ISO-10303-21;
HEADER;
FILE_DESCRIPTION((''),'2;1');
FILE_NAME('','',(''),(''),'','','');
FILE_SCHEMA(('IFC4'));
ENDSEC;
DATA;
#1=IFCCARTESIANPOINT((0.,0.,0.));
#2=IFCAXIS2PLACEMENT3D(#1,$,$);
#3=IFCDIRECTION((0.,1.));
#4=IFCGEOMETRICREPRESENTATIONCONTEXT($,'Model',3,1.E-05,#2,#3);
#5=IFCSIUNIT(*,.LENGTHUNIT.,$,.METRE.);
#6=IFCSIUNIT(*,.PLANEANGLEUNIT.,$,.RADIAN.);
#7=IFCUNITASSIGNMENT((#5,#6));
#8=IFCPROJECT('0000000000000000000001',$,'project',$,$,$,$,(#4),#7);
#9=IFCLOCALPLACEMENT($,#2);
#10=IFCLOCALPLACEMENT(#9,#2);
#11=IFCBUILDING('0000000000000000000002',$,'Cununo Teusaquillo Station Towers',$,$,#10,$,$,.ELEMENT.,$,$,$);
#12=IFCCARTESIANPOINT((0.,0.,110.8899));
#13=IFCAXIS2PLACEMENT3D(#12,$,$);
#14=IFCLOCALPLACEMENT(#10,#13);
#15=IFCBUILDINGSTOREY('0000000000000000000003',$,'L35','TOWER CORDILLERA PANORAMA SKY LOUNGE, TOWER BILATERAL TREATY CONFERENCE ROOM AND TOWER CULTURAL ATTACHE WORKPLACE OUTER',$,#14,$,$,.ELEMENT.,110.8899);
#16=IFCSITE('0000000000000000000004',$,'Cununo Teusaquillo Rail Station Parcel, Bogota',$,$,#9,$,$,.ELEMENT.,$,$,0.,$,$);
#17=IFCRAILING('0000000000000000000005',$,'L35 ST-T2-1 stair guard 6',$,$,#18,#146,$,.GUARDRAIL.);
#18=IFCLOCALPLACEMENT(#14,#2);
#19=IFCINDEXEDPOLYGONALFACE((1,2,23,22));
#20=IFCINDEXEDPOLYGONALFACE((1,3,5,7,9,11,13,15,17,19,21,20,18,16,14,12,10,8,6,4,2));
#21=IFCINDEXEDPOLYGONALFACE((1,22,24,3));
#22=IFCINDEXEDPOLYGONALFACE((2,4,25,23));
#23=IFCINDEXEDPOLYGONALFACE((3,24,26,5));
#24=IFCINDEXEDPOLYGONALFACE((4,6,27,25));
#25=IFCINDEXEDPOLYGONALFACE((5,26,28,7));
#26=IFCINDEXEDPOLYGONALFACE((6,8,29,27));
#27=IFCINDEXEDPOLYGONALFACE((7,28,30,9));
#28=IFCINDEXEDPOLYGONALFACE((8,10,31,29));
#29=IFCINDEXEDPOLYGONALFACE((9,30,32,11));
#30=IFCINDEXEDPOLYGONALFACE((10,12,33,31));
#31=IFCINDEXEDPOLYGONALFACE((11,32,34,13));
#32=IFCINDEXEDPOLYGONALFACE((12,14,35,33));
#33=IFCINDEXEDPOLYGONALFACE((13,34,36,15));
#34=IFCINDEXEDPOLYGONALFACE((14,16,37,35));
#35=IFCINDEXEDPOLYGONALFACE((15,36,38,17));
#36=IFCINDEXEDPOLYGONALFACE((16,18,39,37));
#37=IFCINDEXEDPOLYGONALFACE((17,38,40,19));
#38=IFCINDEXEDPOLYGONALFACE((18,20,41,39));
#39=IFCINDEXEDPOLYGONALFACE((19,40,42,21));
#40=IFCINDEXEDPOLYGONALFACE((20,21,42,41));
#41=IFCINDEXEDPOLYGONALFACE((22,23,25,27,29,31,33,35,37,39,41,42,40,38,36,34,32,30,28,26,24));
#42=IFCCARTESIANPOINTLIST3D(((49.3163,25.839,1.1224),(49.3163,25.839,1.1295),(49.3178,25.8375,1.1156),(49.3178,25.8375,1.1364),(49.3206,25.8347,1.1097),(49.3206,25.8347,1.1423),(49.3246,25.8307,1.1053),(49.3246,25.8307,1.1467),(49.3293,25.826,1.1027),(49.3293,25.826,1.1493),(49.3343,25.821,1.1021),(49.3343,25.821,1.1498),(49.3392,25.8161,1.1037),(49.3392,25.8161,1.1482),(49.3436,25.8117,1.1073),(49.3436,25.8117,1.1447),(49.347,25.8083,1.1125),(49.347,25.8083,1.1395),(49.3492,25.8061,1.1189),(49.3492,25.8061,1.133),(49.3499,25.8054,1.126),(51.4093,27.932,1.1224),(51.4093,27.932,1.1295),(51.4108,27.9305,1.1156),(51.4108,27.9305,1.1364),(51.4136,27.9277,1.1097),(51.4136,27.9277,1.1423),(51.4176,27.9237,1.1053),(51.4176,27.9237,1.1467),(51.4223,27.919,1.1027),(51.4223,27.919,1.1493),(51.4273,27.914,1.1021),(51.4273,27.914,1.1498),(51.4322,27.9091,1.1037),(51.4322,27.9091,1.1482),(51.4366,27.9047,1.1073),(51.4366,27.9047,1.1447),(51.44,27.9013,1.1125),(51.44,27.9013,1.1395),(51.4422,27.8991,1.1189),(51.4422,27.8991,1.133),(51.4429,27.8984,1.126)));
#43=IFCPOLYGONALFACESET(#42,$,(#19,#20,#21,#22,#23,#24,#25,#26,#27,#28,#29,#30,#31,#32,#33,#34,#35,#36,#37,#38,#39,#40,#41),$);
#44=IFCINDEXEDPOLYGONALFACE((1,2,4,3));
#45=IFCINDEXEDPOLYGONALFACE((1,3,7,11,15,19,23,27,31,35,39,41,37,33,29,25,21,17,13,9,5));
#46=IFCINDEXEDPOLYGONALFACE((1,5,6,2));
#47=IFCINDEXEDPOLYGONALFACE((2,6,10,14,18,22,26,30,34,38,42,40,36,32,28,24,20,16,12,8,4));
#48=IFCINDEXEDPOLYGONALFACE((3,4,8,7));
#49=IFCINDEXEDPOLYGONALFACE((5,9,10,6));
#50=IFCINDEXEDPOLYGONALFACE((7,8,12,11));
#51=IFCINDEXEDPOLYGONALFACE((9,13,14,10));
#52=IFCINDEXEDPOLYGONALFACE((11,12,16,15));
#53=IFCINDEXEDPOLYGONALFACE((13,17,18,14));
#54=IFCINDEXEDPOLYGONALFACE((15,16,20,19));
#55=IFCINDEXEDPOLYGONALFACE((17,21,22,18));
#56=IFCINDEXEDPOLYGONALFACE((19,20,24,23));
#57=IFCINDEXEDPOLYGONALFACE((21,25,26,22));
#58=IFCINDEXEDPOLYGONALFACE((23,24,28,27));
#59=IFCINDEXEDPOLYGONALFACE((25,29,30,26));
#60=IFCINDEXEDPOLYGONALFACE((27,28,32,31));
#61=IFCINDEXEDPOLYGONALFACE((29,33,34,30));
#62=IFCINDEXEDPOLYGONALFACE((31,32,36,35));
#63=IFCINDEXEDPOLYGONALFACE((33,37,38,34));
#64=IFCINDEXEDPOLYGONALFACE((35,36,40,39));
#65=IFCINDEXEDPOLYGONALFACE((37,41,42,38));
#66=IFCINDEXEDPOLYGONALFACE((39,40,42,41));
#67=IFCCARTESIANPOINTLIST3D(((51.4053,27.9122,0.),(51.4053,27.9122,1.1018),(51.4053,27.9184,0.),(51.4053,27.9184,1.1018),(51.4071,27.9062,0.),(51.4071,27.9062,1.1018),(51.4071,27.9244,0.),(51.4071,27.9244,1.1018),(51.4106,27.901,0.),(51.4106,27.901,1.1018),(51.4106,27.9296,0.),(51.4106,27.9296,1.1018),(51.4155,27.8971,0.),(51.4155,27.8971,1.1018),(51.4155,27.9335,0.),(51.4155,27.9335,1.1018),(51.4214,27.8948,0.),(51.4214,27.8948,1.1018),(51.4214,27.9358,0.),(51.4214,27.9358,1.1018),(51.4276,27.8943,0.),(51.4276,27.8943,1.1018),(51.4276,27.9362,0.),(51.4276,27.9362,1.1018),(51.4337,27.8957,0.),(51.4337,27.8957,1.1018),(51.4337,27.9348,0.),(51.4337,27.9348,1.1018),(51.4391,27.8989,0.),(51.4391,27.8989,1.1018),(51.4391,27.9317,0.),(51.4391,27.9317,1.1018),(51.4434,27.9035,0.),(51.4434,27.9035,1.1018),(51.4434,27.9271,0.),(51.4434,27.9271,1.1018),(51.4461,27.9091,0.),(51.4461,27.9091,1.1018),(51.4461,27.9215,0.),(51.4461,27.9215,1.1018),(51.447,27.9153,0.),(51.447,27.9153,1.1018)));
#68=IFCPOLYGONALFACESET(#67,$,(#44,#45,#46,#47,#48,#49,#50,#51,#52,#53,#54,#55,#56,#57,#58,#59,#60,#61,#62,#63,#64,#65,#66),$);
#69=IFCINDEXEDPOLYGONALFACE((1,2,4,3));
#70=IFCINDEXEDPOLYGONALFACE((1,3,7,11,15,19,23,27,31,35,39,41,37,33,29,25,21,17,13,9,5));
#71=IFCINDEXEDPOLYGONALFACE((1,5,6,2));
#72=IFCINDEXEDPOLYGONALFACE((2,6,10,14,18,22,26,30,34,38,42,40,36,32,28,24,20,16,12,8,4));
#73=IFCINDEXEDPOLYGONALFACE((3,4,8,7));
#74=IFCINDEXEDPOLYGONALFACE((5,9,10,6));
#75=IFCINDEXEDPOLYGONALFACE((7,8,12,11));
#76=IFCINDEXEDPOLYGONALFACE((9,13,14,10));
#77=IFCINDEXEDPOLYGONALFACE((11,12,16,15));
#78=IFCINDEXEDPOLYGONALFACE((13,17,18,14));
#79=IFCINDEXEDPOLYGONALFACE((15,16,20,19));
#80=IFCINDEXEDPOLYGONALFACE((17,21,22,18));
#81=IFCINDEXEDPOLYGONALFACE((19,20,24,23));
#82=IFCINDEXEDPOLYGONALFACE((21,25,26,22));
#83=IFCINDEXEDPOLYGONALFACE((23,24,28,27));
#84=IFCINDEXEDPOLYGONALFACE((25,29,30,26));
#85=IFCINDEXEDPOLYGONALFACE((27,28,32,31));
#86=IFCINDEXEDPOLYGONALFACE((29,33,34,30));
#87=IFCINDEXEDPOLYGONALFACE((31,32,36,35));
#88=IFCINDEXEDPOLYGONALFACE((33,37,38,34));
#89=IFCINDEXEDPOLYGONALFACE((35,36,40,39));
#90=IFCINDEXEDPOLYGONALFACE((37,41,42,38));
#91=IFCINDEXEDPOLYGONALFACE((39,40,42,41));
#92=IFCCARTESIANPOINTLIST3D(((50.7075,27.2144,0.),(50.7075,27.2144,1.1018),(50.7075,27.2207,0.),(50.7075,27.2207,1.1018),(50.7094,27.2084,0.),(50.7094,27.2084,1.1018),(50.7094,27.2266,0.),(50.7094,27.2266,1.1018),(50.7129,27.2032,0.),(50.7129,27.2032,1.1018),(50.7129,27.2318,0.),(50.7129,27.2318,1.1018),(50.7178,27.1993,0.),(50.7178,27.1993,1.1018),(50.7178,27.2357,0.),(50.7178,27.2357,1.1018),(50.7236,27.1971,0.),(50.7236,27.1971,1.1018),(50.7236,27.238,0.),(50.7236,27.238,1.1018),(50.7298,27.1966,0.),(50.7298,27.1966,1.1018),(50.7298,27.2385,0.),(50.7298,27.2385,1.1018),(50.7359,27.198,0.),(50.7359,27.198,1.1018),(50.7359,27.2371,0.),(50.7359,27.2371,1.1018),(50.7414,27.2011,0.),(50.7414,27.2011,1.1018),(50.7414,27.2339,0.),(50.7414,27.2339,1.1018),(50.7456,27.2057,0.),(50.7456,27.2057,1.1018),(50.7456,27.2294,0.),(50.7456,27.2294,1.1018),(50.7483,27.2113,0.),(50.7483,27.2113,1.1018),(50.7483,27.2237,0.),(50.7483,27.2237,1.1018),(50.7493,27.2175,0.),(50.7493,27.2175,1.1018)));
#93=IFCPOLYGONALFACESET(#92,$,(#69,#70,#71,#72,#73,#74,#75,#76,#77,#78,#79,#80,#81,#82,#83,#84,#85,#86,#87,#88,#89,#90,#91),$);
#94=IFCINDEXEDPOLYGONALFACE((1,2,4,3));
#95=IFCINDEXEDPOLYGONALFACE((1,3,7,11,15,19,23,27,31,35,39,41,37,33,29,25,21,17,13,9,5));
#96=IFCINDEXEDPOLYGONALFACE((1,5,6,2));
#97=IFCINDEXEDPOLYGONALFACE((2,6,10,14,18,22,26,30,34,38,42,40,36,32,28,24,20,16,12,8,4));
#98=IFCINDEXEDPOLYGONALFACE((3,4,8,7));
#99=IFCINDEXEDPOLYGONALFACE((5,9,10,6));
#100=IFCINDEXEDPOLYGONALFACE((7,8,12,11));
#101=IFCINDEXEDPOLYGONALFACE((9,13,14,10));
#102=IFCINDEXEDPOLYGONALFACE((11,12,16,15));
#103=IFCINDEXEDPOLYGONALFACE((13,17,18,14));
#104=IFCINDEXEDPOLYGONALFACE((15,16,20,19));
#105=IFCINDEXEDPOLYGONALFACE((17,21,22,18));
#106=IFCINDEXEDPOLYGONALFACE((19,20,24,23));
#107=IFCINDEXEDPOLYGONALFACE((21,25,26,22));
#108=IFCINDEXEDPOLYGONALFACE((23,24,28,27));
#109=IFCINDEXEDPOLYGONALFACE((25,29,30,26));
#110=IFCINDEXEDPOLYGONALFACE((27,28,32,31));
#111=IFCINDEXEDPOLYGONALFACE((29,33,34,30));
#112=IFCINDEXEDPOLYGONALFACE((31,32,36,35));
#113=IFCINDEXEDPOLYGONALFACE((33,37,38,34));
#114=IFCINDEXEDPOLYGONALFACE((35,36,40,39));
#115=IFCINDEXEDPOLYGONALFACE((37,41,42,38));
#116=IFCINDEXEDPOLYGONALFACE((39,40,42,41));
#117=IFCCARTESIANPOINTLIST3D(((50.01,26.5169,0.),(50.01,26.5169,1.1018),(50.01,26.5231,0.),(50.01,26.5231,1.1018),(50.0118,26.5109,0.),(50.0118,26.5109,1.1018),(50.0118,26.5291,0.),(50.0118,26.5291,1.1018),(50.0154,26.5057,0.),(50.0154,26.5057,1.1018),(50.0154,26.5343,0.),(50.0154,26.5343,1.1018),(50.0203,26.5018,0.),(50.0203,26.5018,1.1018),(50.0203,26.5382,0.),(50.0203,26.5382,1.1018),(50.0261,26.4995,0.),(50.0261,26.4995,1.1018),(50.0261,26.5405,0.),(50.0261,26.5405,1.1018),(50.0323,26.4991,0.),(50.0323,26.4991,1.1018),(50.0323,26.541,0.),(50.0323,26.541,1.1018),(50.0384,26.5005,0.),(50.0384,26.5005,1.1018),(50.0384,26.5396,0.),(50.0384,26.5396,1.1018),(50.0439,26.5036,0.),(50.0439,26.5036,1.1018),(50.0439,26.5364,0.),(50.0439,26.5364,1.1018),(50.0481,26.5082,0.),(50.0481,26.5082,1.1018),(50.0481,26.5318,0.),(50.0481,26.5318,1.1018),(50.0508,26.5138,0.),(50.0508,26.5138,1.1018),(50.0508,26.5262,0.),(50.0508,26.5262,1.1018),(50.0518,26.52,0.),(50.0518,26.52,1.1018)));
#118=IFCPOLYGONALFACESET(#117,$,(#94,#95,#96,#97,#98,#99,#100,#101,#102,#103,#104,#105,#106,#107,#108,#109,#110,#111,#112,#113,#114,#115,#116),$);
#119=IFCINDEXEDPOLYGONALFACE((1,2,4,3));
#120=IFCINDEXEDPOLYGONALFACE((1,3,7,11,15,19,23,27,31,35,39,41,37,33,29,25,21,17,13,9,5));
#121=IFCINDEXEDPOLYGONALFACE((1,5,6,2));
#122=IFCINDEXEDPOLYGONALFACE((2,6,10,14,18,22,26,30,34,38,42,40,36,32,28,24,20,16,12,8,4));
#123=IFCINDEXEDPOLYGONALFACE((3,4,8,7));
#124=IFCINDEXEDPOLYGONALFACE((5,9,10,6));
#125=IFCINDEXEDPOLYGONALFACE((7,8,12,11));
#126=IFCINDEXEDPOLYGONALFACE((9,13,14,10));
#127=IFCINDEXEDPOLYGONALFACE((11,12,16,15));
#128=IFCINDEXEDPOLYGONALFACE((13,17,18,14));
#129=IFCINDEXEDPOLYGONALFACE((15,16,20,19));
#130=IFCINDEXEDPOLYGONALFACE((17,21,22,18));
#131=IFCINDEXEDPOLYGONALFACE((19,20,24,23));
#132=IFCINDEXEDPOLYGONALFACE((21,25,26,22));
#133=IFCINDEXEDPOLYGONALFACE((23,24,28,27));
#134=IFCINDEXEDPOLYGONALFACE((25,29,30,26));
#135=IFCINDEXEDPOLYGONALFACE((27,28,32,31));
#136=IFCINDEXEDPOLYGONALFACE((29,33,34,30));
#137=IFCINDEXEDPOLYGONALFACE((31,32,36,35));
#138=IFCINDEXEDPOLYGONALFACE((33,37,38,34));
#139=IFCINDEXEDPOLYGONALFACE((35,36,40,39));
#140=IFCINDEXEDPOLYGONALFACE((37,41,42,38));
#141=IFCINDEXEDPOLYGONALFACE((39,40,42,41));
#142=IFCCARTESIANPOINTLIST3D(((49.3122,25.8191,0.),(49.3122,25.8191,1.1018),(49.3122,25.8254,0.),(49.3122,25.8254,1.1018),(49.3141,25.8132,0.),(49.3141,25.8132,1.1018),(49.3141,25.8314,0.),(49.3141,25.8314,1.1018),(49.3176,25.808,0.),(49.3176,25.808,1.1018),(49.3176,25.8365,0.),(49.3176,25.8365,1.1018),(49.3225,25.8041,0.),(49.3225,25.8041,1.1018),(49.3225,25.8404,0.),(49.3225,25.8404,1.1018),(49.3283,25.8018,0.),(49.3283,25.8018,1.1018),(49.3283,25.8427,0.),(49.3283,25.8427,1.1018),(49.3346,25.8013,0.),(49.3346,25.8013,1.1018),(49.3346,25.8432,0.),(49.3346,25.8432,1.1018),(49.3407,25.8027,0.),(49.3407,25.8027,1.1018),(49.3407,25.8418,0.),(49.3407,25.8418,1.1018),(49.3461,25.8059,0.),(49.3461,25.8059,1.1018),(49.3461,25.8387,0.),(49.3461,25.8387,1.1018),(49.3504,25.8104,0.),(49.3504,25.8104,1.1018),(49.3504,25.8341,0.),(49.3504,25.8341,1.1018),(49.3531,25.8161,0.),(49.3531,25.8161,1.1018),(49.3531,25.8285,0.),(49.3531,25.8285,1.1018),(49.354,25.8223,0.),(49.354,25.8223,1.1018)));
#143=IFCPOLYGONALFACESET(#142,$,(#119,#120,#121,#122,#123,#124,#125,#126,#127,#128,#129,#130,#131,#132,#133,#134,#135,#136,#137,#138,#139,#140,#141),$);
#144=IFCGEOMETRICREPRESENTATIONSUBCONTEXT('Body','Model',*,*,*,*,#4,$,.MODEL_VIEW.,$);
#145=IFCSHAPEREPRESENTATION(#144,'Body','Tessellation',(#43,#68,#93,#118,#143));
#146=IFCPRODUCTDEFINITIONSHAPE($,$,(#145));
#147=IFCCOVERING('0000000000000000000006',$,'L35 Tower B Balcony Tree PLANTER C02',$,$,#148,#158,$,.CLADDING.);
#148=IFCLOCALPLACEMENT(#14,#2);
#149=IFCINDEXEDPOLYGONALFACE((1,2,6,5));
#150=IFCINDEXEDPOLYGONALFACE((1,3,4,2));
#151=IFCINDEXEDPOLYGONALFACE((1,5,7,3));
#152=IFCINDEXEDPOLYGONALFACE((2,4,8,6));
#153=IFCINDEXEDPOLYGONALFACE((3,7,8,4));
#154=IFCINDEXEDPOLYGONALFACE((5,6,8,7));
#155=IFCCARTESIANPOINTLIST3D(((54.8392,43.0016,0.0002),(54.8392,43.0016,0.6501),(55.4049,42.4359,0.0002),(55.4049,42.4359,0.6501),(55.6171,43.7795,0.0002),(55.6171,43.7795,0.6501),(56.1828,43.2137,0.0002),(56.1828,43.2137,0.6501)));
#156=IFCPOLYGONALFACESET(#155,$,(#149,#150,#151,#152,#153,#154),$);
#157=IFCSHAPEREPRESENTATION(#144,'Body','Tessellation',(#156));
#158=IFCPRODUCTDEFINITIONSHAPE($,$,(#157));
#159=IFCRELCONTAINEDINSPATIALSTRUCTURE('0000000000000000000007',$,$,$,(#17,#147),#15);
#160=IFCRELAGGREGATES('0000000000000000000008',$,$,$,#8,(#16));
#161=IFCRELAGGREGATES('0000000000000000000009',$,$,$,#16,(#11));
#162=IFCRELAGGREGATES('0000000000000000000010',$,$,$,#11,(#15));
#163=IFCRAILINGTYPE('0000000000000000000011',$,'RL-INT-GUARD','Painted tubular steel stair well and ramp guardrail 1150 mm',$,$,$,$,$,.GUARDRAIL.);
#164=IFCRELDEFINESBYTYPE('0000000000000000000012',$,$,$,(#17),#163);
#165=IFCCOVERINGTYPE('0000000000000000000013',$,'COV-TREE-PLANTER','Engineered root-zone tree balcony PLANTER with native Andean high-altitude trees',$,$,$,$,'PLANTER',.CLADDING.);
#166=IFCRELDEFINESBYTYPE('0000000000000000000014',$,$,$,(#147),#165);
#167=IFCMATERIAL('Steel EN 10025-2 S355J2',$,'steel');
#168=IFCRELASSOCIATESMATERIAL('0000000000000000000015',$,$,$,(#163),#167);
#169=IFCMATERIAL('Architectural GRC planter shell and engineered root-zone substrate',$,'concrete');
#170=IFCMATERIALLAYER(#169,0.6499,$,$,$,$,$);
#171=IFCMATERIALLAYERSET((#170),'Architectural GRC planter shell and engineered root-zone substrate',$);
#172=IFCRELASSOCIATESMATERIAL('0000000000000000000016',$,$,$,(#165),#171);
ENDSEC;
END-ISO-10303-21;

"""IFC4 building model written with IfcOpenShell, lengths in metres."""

from ifc_helpers import new_model, si_unit, direction, frame, origin, origin_2d, place, context, subcontext, project, spatial, rectangle, circle, extrude, source, transform, mapped, material, layer, layer_set, type_object, element, save


model = new_model("IFC4")

# Units and contexts
model_context = context("Model", 3, precision=1e-05, world=origin(), true_north=direction((0.0, 1.0)))
body_context = subcontext(model_context, "Body", "Model", "MODEL_VIEW")
ifc_project = project(units=[si_unit("LENGTHUNIT", "METRE"), si_unit("PLANEANGLEUNIT", "RADIAN")], contexts=[model_context])

# Site, building, storey
site_placement = place(None, origin())
site = spatial("IfcSite", under=ifc_project, at=site_placement, Name="Cununo Teusaquillo Rail Station Parcel, Bogota", CompositionType="ELEMENT", RefElevation=0.0)
building_placement = place(site_placement, origin())
building = spatial("IfcBuilding", under=site, at=building_placement, Name="Cununo Teusaquillo Station Towers", CompositionType="ELEMENT")
storey_placement = place(building_placement, frame((0.0, 0.0, 110.8899)))
storey = spatial("IfcBuildingStorey", under=building, at=storey_placement, Name="L35", Description="TOWER CORDILLERA PANORAMA SKY LOUNGE, TOWER BILATERAL TREATY CONFERENCE ROOM AND TOWER CULTURAL ATTACHE WORKPLACE OUTER", CompositionType="ELEMENT", Elevation=110.8899)

# Railing
ifc_material_1 = material(Name="Steel EN 10025-2 S355J2", Category="steel")
railing_type_1 = type_object("IfcRailingType", Name="RL-INT-GUARD", Description="Painted tubular steel stair well and ramp guardrail 1150 mm", PredefinedType="GUARDRAIL", material=ifc_material_1)
railing_1_placement = place(storey_placement, frame((51.426, 27.9153, 0.0)))
element("IfcRailing", 1, at=railing_1_placement, inside=storey, type_object=railing_type_1, Name="L35 ST-T2-1 stair guard 6", PredefinedType="GUARDRAIL", context=body_context, shape_type="SweptSolid", body=[
    extrude(circle(Radius=0.0239, at=origin_2d()), frame((0.0, 0.0, 1.126), z_axis=(-0.707107, -0.707107, 0.0), x_axis=(0.707107, -0.707107, 0.0)), (0.0, 0.0, 1.0), 2.96),
    extrude(circle(Radius=0.021, at=origin_2d()), origin(), (0.0, 0.0, 1.0), 1.1018),
    extrude(circle(Radius=0.021, at=origin_2d()), frame((-0.6978, -0.6978, 0.0)), (0.0, 0.0, 1.0), 1.1018),
    extrude(circle(Radius=0.021, at=origin_2d()), frame((-1.3953, -1.3953, 0.0)), (0.0, 0.0, 1.0), 1.1018),
    extrude(circle(Radius=0.021, at=origin_2d()), frame((-2.093, -2.093, 0.0)), (0.0, 0.0, 1.0), 1.1018),
])

# Covering
ifc_material_2 = material(Name="Architectural GRC planter shell and engineered root-zone substrate", Category="concrete")
ifc_layer_1 = layer(ifc_material_2, 0.6499)
ifc_layer_set_1 = layer_set([ifc_layer_1], Name="Architectural GRC planter shell and engineered root-zone substrate")
covering_type = type_object("IfcCoveringType", Name="COV-TREE-PLANTER", Description="Engineered root-zone tree balcony PLANTER with native Andean high-altitude trees", ElementType="PLANTER", PredefinedType="CLADDING", material=ifc_layer_set_1)
shared_shape_1 = source(origin(), body_context, "Body", "SweptSolid", [
    extrude(rectangle(XDim=1.1001, YDim=0.8, at=origin_2d()), origin(), (0.0, 0.0, 1.0), 0.6499),
])
covering_placement = place(storey_placement, frame((55.511, 43.1077, 0.0002), z_axis=(0.0, 0.0, 1.0), x_axis=(0.707107, 0.707107, 0.0)))
element("IfcCovering", 2, at=covering_placement, inside=storey, type_object=covering_type, Name="L35 Tower B Balcony Tree PLANTER C02", PredefinedType="CLADDING", context=body_context, shape_type="MappedRepresentation", body=[
    mapped(shared_shape_1, transform((0.0, 0.0, 0.0), x_axis=(1.0, 0.0, 0.0), y_axis=(0.0, 1.0, 0.0), z_axis=(0.0, 0.0, 1.0), scale=1.0)),
])

save(model, "model.ifc")
